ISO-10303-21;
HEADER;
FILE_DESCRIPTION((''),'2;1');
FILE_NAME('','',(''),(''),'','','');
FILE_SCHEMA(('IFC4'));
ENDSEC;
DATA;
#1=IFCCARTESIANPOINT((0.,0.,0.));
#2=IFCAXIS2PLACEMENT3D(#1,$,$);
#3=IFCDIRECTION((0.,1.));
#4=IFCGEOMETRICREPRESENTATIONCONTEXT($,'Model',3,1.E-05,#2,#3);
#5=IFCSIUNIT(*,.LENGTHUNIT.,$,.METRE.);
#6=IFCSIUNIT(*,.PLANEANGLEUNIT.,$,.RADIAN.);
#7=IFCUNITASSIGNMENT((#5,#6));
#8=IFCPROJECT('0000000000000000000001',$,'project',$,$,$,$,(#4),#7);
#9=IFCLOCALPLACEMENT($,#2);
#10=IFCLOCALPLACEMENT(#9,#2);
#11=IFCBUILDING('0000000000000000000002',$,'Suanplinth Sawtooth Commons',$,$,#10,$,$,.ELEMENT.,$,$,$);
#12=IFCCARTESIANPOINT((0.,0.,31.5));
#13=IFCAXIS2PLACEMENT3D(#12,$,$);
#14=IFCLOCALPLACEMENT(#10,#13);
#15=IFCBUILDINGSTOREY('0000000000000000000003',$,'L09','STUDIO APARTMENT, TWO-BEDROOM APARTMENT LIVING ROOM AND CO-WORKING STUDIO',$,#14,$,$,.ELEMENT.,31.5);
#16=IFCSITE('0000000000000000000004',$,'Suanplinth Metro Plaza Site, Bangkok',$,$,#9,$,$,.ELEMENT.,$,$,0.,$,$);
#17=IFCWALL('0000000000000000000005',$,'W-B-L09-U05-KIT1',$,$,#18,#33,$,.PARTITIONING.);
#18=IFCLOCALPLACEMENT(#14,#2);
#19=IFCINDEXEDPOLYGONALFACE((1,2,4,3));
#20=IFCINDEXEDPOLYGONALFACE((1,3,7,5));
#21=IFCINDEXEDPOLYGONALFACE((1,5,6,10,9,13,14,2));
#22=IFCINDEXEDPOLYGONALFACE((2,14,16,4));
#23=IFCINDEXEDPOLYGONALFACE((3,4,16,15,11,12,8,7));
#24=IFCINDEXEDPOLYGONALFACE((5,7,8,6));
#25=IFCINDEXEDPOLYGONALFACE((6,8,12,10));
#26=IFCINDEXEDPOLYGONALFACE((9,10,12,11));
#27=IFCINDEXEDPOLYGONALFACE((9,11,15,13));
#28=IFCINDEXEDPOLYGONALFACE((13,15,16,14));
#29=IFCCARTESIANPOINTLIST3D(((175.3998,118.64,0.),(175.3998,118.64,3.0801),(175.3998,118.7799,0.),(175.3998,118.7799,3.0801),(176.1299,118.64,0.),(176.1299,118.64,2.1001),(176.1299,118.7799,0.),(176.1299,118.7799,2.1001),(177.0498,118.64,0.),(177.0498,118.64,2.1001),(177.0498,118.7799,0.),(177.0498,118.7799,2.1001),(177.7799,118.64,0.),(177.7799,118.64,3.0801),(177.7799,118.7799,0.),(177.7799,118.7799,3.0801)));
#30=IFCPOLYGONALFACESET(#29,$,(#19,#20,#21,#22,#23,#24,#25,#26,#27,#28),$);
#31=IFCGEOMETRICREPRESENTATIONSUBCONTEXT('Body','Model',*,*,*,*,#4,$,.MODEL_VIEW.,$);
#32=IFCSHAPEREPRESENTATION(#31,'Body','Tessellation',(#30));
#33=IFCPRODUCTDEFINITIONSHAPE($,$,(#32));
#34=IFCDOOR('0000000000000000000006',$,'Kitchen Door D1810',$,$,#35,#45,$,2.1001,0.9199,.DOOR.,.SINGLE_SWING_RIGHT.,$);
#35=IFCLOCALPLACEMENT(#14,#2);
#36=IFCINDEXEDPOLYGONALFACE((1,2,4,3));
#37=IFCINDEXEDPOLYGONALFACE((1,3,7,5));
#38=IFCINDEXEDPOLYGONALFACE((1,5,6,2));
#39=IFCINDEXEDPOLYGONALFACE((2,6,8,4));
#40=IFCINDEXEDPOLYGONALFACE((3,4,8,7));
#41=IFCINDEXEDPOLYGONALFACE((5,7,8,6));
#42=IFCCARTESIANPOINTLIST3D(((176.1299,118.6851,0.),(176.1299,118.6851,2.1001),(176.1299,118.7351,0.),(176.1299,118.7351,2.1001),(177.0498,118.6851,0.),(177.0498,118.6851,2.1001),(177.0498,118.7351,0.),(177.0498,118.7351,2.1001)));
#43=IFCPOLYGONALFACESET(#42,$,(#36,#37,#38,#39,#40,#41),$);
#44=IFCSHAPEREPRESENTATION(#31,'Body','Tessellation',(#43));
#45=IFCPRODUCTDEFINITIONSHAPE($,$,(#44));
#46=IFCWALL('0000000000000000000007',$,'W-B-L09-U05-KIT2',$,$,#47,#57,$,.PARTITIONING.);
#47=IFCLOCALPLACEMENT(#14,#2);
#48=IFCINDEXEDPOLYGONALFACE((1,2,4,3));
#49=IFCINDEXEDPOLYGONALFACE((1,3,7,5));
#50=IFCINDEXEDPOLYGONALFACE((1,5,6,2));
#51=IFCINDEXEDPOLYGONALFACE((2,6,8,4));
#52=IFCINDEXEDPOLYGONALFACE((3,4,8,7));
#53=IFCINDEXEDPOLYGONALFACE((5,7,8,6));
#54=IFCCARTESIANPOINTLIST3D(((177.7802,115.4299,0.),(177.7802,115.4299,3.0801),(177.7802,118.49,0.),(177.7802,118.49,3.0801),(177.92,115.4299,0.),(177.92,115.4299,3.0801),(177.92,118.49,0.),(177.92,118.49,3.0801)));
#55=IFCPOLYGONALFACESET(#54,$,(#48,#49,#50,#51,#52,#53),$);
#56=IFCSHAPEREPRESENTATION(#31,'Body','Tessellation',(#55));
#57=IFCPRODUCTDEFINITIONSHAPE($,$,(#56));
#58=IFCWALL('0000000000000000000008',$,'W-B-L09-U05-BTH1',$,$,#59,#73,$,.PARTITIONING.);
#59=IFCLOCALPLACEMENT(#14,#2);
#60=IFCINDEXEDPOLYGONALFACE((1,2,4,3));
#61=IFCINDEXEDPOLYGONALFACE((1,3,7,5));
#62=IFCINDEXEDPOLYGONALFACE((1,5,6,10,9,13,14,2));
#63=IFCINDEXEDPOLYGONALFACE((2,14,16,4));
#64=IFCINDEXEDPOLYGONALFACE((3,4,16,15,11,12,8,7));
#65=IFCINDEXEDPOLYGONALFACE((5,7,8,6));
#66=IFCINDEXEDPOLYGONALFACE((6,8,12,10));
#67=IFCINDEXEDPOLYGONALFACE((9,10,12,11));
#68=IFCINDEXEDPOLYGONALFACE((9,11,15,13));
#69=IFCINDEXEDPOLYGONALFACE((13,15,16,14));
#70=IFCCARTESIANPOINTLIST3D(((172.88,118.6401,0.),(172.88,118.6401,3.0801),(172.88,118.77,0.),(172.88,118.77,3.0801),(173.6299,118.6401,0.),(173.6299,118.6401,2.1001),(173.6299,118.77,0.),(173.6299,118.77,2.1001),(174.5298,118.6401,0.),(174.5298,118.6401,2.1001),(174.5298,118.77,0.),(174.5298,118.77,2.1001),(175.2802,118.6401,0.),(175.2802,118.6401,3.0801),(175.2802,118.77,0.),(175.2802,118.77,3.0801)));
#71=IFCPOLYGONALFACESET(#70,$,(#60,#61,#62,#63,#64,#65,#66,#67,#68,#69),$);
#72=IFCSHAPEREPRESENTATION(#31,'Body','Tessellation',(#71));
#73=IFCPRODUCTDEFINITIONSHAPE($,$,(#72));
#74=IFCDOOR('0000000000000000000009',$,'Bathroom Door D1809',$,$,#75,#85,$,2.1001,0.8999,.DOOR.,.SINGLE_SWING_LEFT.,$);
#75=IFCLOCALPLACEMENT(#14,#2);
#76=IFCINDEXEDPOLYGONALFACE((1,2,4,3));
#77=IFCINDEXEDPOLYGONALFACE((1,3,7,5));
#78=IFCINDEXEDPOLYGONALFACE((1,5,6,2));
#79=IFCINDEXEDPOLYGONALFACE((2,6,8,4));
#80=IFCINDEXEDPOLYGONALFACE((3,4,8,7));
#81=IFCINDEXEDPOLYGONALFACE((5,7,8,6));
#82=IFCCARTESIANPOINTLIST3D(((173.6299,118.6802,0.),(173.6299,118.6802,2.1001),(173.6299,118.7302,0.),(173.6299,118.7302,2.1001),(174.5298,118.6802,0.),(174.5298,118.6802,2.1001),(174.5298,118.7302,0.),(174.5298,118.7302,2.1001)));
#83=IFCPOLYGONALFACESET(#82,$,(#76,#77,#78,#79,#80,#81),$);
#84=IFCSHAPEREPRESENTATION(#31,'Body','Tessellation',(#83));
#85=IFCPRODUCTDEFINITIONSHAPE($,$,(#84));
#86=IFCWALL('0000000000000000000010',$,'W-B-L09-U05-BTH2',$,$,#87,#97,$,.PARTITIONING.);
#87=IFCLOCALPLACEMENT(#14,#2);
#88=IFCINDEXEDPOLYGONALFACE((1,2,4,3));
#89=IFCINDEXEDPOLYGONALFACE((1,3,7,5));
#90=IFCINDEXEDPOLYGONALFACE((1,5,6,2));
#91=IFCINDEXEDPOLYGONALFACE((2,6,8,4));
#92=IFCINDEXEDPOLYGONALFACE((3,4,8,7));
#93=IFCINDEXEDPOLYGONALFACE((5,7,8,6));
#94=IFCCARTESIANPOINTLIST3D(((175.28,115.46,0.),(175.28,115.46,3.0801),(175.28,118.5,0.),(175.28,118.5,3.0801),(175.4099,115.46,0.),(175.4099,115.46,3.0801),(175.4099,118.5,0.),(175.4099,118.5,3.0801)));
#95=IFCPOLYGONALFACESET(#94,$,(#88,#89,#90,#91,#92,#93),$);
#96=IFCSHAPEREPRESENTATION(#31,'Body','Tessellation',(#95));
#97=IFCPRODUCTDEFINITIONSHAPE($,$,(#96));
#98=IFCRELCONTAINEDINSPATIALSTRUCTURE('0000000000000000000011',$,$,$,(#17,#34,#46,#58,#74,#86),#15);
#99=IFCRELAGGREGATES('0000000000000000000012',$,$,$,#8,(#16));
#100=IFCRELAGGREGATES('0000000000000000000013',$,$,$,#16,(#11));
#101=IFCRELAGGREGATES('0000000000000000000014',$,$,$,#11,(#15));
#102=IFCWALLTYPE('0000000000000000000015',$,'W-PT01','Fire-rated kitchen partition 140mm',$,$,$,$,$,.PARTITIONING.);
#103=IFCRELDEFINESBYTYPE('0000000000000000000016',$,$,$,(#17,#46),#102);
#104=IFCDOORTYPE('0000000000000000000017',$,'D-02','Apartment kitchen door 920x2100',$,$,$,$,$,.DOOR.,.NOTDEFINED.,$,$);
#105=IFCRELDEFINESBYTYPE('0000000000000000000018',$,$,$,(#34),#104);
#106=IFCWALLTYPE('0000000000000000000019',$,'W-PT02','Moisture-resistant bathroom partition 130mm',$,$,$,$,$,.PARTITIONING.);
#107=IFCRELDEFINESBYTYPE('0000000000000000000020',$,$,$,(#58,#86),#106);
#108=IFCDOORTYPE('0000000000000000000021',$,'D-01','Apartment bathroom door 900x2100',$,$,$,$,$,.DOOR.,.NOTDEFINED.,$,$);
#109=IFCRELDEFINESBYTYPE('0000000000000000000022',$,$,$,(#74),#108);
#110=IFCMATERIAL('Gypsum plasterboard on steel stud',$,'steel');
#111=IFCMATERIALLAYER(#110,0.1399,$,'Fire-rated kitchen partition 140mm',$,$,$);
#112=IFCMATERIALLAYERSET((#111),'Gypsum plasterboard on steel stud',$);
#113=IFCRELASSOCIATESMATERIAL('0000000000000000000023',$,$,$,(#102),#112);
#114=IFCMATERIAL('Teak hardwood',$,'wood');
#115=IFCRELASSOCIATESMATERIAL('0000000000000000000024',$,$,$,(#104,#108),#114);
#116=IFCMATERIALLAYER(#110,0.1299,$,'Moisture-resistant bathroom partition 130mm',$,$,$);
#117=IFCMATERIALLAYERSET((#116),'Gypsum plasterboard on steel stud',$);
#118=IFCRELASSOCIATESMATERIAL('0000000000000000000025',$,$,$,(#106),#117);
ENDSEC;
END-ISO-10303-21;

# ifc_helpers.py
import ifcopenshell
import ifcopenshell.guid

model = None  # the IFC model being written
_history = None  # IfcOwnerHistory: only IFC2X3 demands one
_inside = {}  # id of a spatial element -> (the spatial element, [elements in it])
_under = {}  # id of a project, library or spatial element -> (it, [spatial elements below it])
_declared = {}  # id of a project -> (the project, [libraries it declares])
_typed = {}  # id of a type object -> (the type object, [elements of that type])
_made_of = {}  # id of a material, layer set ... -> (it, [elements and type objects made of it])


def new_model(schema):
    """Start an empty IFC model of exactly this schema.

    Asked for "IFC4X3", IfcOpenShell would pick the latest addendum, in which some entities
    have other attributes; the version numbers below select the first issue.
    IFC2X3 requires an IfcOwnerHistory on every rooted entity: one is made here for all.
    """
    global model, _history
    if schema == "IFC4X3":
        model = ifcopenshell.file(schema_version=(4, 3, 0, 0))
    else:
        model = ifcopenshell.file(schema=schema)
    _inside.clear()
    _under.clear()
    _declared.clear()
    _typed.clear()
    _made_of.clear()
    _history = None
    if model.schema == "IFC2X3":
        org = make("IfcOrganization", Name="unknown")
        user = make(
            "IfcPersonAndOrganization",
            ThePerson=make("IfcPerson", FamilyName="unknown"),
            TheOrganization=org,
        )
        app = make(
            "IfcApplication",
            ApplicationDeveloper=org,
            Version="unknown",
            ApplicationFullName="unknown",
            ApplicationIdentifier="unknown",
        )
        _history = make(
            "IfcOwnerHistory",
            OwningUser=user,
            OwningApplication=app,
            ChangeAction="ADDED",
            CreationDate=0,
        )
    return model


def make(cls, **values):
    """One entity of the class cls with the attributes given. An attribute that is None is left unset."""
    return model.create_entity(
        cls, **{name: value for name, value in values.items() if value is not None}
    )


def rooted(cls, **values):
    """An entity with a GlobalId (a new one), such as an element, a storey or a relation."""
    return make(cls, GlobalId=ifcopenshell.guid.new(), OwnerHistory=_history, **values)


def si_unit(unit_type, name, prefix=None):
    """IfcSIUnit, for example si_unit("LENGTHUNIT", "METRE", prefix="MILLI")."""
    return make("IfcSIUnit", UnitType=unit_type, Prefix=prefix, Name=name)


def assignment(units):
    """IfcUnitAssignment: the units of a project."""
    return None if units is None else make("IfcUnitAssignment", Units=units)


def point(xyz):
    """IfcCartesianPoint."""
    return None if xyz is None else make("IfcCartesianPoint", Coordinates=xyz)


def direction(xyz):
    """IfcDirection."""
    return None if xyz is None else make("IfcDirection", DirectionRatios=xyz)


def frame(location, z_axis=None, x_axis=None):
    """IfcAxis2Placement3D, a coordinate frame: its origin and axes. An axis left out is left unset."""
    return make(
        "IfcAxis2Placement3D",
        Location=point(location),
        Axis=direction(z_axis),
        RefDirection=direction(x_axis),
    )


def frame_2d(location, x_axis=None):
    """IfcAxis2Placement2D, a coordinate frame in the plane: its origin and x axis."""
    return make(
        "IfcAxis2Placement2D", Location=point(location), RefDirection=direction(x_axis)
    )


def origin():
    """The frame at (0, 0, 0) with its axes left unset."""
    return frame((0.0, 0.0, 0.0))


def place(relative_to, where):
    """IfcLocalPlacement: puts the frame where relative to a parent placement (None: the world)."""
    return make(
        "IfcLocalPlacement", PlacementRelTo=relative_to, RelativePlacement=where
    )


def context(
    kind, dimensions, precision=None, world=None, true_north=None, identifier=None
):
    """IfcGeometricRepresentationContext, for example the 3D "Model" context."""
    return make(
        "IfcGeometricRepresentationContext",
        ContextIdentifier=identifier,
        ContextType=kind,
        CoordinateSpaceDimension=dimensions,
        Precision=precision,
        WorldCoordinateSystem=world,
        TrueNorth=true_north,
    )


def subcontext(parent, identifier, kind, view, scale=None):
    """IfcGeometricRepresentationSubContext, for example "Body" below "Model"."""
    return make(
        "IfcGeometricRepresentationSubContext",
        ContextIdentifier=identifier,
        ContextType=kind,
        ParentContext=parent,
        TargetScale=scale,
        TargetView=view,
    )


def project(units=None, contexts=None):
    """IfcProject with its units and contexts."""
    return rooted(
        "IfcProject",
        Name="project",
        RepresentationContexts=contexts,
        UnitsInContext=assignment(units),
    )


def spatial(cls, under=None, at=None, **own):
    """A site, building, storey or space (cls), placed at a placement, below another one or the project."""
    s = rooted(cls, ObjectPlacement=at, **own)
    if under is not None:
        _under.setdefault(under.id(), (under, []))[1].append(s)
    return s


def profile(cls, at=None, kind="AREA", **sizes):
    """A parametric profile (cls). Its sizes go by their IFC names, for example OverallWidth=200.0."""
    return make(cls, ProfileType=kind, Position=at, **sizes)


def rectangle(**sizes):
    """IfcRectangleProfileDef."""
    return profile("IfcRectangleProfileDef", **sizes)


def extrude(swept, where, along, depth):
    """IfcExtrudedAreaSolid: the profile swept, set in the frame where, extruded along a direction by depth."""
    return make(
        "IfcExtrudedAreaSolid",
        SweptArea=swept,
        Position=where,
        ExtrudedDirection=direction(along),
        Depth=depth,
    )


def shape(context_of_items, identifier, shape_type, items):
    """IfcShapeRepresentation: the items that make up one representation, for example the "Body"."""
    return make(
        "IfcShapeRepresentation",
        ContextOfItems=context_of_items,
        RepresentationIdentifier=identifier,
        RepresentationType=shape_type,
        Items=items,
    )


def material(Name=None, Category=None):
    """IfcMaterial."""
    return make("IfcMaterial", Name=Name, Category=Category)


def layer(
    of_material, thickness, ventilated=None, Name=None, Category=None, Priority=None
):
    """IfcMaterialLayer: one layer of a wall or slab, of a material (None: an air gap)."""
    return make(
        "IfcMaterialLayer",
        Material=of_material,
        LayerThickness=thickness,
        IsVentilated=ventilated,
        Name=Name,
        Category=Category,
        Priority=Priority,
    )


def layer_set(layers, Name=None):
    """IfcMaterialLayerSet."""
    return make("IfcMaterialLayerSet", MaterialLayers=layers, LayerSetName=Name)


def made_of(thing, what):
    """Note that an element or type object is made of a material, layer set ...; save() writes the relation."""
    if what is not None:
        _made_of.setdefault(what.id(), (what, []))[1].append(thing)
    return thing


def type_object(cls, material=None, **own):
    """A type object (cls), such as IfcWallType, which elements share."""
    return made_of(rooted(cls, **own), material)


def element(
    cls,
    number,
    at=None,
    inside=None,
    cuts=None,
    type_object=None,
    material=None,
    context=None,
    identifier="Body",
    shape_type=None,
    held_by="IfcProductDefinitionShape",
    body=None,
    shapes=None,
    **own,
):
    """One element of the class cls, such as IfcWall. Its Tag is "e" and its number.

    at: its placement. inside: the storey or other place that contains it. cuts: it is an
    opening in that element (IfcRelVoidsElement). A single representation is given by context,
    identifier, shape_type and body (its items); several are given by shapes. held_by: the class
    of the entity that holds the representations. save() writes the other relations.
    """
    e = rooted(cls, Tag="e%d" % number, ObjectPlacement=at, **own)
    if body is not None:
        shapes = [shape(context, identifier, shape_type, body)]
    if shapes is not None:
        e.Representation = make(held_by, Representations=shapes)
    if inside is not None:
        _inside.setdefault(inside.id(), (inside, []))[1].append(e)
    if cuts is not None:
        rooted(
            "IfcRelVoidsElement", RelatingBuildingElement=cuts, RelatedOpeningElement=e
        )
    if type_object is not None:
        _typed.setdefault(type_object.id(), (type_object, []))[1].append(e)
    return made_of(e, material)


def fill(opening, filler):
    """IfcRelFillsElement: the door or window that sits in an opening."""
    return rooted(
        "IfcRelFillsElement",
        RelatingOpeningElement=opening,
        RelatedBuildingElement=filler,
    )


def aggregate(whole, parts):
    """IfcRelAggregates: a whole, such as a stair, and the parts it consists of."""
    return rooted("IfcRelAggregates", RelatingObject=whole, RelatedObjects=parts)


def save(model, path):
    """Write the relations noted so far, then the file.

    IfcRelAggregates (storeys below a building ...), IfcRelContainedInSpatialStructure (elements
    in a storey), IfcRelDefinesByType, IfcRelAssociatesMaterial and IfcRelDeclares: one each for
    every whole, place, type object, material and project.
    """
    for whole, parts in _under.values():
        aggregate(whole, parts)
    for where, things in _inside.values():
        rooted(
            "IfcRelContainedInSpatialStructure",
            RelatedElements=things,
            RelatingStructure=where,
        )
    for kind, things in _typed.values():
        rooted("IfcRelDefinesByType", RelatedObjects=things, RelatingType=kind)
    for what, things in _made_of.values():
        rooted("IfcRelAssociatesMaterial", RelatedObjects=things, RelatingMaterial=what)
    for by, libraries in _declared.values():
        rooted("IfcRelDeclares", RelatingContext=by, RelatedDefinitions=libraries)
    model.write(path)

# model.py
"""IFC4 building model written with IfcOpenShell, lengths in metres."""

from ifc_helpers import new_model, si_unit, direction, frame, frame_2d, origin, place, context, subcontext, project, spatial, rectangle, extrude, material, layer, layer_set, type_object, element, fill, save


model = new_model("IFC4")

# Units and contexts
model_context = context("Model", 3, precision=1e-05, world=origin(), true_north=direction((0.0, 1.0)))
body_context = subcontext(model_context, "Body", "Model", "MODEL_VIEW")
ifc_project = project(units=[si_unit("LENGTHUNIT", "METRE"), si_unit("PLANEANGLEUNIT", "RADIAN")], contexts=[model_context])

# Site, building, storey
site_placement = place(None, origin())
site = spatial("IfcSite", under=ifc_project, at=site_placement, Name="Suanplinth Metro Plaza Site, Bangkok", CompositionType="ELEMENT", RefElevation=0.0)
building_placement = place(site_placement, origin())
building = spatial("IfcBuilding", under=site, at=building_placement, Name="Suanplinth Sawtooth Commons", CompositionType="ELEMENT")
storey_placement = place(building_placement, frame((0.0, 0.0, 31.5)))
storey = spatial("IfcBuildingStorey", under=building, at=storey_placement, Name="L09", Description="STUDIO APARTMENT, TWO-BEDROOM APARTMENT LIVING ROOM AND CO-WORKING STUDIO", CompositionType="ELEMENT", Elevation=31.5)

# Wall, opening, door
ifc_material_1 = material(Name="Gypsum plasterboard on steel stud", Category="steel")
ifc_layer_1 = layer(ifc_material_1, 0.1399, Name="Fire-rated kitchen partition 140mm")
ifc_layer_set_1 = layer_set([ifc_layer_1], Name="Gypsum plasterboard on steel stud")
wall_type_1 = type_object("IfcWallType", Name="W-PT01", Description="Fire-rated kitchen partition 140mm", PredefinedType="PARTITIONING", material=ifc_layer_set_1)
wall_1_placement = place(storey_placement, frame((175.3999, 118.71, 0.0), z_axis=(0.0, 0.0, 1.0), x_axis=(1.0, 0.0, 0.0)))
wall_1 = element("IfcWall", 1, at=wall_1_placement, inside=storey, type_object=wall_type_1, Name="W-B-L09-U05-KIT1", PredefinedType="PARTITIONING", context=body_context, shape_type="SweptSolid", body=[
    extrude(rectangle(XDim=2.3801, YDim=0.1399, at=frame_2d((1.1899, 0.0))), origin(), (0.0, 0.0, 1.0), 3.0801),
])
opening_1_placement = place(wall_1_placement, frame((0.73, 0.0, 0.0)))
opening_1 = element("IfcOpeningElement", 2, at=opening_1_placement, cuts=wall_1, PredefinedType="OPENING", context=body_context, shape_type="SweptSolid", body=[
    extrude(rectangle(XDim=0.9199, YDim=2.1001, at=frame_2d((0.46, 1.05))), frame((0.0, 0.085, 0.0), z_axis=(0.0, -1.0, 0.0), x_axis=(1.0, 0.0, 0.0)), (0.0, 0.0, 1.0), 0.1697),
])
ifc_material_2 = material(Name="Teak hardwood", Category="wood")
door_type_1 = type_object("IfcDoorType", Name="D-02", Description="Apartment kitchen door 920x2100", OperationType="NOTDEFINED", PredefinedType="DOOR", material=ifc_material_2)
door_1_placement = place(opening_1_placement, frame((0.9199, 0.0, 0.0), z_axis=(0.0, 0.0, 1.0), x_axis=(-1.0, 0.0, 0.0)))
door_1 = element("IfcDoor", 3, at=door_1_placement, inside=storey, type_object=door_type_1, Name="Kitchen Door D1810", OperationType="SINGLE_SWING_RIGHT", OverallHeight=2.1001, OverallWidth=0.9199, PredefinedType="DOOR", context=body_context, shape_type="SweptSolid", body=[
    extrude(rectangle(XDim=0.9199, YDim=2.1001, at=frame_2d((0.46, 1.05))), frame((0.0, 0.0249, 0.0), z_axis=(0.0, -1.0, 0.0), x_axis=(1.0, 0.0, 0.0)), (0.0, 0.0, 1.0), 0.05),
])
fill(opening_1, door_1)

# Wall
wall_2_placement = place(storey_placement, frame((177.8501, 115.4299, 0.0), z_axis=(0.0, 0.0, 1.0), x_axis=(0.0, 1.0, 0.0)))
element("IfcWall", 4, at=wall_2_placement, inside=storey, type_object=wall_type_1, Name="W-B-L09-U05-KIT2", PredefinedType="PARTITIONING", context=body_context, shape_type="SweptSolid", body=[
    extrude(rectangle(XDim=3.0601, YDim=0.1399, at=frame_2d((1.53, 0.0))), origin(), (0.0, 0.0, 1.0), 3.0801),
])

# Wall, opening, door
ifc_layer_2 = layer(ifc_material_1, 0.1299, Name="Moisture-resistant bathroom partition 130mm")
ifc_layer_set_2 = layer_set([ifc_layer_2], Name="Gypsum plasterboard on steel stud")
wall_type_2 = type_object("IfcWallType", Name="W-PT02", Description="Moisture-resistant bathroom partition 130mm", PredefinedType="PARTITIONING", material=ifc_layer_set_2)
wall_3_placement = place(storey_placement, frame((172.8799, 118.7051, 0.0), z_axis=(0.0, 0.0, 1.0), x_axis=(1.0, 0.0, 0.0)))
wall_3 = element("IfcWall", 5, at=wall_3_placement, inside=storey, type_object=wall_type_2, Name="W-B-L09-U05-BTH1", PredefinedType="PARTITIONING", context=body_context, shape_type="SweptSolid", body=[
    extrude(rectangle(XDim=2.4001, YDim=0.1299, at=frame_2d((1.2002, 0.0))), origin(), (0.0, 0.0, 1.0), 3.0801),
])
opening_2_placement = place(wall_3_placement, frame((0.75, 0.0, 0.0)))
opening_2 = element("IfcOpeningElement", 6, at=opening_2_placement, cuts=wall_3, PredefinedType="OPENING", context=body_context, shape_type="SweptSolid", body=[
    extrude(rectangle(XDim=0.8999, YDim=2.1001, at=frame_2d((0.45, 1.05))), frame((0.0, 0.0798, 0.0), z_axis=(0.0, -1.0, 0.0), x_axis=(1.0, 0.0, 0.0)), (0.0, 0.0, 1.0), 0.1597),
])
door_type_2 = type_object("IfcDoorType", Name="D-01", Description="Apartment bathroom door 900x2100", OperationType="NOTDEFINED", PredefinedType="DOOR", material=ifc_material_2)
door_2_placement = place(opening_2_placement, frame((0.8999, 0.0, 0.0), z_axis=(0.0, 0.0, 1.0), x_axis=(-1.0, 0.0, 0.0)))
door_2 = element("IfcDoor", 7, at=door_2_placement, inside=storey, type_object=door_type_2, Name="Bathroom Door D1809", OperationType="SINGLE_SWING_LEFT", OverallHeight=2.1001, OverallWidth=0.8999, PredefinedType="DOOR", context=body_context, shape_type="SweptSolid", body=[
    extrude(rectangle(XDim=0.8999, YDim=2.1001, at=frame_2d((0.45, 1.05))), frame((0.0, 0.0249, 0.0), z_axis=(0.0, -1.0, 0.0), x_axis=(1.0, 0.0, 0.0)), (0.0, 0.0, 1.0), 0.05),
])
fill(opening_2, door_2)

# Wall
wall_4_placement = place(storey_placement, frame((175.345, 115.46, 0.0), z_axis=(0.0, 0.0, 1.0), x_axis=(0.0, 1.0, 0.0)))
element("IfcWall", 8, at=wall_4_placement, inside=storey, type_object=wall_type_2, Name="W-B-L09-U05-BTH2", PredefinedType="PARTITIONING", context=body_context, shape_type="SweptSolid", body=[
    extrude(rectangle(XDim=3.04, YDim=0.1299, at=frame_2d((1.52, 0.0))), origin(), (0.0, 0.0, 1.0), 3.0801),
])

save(model, "model.ifc")
